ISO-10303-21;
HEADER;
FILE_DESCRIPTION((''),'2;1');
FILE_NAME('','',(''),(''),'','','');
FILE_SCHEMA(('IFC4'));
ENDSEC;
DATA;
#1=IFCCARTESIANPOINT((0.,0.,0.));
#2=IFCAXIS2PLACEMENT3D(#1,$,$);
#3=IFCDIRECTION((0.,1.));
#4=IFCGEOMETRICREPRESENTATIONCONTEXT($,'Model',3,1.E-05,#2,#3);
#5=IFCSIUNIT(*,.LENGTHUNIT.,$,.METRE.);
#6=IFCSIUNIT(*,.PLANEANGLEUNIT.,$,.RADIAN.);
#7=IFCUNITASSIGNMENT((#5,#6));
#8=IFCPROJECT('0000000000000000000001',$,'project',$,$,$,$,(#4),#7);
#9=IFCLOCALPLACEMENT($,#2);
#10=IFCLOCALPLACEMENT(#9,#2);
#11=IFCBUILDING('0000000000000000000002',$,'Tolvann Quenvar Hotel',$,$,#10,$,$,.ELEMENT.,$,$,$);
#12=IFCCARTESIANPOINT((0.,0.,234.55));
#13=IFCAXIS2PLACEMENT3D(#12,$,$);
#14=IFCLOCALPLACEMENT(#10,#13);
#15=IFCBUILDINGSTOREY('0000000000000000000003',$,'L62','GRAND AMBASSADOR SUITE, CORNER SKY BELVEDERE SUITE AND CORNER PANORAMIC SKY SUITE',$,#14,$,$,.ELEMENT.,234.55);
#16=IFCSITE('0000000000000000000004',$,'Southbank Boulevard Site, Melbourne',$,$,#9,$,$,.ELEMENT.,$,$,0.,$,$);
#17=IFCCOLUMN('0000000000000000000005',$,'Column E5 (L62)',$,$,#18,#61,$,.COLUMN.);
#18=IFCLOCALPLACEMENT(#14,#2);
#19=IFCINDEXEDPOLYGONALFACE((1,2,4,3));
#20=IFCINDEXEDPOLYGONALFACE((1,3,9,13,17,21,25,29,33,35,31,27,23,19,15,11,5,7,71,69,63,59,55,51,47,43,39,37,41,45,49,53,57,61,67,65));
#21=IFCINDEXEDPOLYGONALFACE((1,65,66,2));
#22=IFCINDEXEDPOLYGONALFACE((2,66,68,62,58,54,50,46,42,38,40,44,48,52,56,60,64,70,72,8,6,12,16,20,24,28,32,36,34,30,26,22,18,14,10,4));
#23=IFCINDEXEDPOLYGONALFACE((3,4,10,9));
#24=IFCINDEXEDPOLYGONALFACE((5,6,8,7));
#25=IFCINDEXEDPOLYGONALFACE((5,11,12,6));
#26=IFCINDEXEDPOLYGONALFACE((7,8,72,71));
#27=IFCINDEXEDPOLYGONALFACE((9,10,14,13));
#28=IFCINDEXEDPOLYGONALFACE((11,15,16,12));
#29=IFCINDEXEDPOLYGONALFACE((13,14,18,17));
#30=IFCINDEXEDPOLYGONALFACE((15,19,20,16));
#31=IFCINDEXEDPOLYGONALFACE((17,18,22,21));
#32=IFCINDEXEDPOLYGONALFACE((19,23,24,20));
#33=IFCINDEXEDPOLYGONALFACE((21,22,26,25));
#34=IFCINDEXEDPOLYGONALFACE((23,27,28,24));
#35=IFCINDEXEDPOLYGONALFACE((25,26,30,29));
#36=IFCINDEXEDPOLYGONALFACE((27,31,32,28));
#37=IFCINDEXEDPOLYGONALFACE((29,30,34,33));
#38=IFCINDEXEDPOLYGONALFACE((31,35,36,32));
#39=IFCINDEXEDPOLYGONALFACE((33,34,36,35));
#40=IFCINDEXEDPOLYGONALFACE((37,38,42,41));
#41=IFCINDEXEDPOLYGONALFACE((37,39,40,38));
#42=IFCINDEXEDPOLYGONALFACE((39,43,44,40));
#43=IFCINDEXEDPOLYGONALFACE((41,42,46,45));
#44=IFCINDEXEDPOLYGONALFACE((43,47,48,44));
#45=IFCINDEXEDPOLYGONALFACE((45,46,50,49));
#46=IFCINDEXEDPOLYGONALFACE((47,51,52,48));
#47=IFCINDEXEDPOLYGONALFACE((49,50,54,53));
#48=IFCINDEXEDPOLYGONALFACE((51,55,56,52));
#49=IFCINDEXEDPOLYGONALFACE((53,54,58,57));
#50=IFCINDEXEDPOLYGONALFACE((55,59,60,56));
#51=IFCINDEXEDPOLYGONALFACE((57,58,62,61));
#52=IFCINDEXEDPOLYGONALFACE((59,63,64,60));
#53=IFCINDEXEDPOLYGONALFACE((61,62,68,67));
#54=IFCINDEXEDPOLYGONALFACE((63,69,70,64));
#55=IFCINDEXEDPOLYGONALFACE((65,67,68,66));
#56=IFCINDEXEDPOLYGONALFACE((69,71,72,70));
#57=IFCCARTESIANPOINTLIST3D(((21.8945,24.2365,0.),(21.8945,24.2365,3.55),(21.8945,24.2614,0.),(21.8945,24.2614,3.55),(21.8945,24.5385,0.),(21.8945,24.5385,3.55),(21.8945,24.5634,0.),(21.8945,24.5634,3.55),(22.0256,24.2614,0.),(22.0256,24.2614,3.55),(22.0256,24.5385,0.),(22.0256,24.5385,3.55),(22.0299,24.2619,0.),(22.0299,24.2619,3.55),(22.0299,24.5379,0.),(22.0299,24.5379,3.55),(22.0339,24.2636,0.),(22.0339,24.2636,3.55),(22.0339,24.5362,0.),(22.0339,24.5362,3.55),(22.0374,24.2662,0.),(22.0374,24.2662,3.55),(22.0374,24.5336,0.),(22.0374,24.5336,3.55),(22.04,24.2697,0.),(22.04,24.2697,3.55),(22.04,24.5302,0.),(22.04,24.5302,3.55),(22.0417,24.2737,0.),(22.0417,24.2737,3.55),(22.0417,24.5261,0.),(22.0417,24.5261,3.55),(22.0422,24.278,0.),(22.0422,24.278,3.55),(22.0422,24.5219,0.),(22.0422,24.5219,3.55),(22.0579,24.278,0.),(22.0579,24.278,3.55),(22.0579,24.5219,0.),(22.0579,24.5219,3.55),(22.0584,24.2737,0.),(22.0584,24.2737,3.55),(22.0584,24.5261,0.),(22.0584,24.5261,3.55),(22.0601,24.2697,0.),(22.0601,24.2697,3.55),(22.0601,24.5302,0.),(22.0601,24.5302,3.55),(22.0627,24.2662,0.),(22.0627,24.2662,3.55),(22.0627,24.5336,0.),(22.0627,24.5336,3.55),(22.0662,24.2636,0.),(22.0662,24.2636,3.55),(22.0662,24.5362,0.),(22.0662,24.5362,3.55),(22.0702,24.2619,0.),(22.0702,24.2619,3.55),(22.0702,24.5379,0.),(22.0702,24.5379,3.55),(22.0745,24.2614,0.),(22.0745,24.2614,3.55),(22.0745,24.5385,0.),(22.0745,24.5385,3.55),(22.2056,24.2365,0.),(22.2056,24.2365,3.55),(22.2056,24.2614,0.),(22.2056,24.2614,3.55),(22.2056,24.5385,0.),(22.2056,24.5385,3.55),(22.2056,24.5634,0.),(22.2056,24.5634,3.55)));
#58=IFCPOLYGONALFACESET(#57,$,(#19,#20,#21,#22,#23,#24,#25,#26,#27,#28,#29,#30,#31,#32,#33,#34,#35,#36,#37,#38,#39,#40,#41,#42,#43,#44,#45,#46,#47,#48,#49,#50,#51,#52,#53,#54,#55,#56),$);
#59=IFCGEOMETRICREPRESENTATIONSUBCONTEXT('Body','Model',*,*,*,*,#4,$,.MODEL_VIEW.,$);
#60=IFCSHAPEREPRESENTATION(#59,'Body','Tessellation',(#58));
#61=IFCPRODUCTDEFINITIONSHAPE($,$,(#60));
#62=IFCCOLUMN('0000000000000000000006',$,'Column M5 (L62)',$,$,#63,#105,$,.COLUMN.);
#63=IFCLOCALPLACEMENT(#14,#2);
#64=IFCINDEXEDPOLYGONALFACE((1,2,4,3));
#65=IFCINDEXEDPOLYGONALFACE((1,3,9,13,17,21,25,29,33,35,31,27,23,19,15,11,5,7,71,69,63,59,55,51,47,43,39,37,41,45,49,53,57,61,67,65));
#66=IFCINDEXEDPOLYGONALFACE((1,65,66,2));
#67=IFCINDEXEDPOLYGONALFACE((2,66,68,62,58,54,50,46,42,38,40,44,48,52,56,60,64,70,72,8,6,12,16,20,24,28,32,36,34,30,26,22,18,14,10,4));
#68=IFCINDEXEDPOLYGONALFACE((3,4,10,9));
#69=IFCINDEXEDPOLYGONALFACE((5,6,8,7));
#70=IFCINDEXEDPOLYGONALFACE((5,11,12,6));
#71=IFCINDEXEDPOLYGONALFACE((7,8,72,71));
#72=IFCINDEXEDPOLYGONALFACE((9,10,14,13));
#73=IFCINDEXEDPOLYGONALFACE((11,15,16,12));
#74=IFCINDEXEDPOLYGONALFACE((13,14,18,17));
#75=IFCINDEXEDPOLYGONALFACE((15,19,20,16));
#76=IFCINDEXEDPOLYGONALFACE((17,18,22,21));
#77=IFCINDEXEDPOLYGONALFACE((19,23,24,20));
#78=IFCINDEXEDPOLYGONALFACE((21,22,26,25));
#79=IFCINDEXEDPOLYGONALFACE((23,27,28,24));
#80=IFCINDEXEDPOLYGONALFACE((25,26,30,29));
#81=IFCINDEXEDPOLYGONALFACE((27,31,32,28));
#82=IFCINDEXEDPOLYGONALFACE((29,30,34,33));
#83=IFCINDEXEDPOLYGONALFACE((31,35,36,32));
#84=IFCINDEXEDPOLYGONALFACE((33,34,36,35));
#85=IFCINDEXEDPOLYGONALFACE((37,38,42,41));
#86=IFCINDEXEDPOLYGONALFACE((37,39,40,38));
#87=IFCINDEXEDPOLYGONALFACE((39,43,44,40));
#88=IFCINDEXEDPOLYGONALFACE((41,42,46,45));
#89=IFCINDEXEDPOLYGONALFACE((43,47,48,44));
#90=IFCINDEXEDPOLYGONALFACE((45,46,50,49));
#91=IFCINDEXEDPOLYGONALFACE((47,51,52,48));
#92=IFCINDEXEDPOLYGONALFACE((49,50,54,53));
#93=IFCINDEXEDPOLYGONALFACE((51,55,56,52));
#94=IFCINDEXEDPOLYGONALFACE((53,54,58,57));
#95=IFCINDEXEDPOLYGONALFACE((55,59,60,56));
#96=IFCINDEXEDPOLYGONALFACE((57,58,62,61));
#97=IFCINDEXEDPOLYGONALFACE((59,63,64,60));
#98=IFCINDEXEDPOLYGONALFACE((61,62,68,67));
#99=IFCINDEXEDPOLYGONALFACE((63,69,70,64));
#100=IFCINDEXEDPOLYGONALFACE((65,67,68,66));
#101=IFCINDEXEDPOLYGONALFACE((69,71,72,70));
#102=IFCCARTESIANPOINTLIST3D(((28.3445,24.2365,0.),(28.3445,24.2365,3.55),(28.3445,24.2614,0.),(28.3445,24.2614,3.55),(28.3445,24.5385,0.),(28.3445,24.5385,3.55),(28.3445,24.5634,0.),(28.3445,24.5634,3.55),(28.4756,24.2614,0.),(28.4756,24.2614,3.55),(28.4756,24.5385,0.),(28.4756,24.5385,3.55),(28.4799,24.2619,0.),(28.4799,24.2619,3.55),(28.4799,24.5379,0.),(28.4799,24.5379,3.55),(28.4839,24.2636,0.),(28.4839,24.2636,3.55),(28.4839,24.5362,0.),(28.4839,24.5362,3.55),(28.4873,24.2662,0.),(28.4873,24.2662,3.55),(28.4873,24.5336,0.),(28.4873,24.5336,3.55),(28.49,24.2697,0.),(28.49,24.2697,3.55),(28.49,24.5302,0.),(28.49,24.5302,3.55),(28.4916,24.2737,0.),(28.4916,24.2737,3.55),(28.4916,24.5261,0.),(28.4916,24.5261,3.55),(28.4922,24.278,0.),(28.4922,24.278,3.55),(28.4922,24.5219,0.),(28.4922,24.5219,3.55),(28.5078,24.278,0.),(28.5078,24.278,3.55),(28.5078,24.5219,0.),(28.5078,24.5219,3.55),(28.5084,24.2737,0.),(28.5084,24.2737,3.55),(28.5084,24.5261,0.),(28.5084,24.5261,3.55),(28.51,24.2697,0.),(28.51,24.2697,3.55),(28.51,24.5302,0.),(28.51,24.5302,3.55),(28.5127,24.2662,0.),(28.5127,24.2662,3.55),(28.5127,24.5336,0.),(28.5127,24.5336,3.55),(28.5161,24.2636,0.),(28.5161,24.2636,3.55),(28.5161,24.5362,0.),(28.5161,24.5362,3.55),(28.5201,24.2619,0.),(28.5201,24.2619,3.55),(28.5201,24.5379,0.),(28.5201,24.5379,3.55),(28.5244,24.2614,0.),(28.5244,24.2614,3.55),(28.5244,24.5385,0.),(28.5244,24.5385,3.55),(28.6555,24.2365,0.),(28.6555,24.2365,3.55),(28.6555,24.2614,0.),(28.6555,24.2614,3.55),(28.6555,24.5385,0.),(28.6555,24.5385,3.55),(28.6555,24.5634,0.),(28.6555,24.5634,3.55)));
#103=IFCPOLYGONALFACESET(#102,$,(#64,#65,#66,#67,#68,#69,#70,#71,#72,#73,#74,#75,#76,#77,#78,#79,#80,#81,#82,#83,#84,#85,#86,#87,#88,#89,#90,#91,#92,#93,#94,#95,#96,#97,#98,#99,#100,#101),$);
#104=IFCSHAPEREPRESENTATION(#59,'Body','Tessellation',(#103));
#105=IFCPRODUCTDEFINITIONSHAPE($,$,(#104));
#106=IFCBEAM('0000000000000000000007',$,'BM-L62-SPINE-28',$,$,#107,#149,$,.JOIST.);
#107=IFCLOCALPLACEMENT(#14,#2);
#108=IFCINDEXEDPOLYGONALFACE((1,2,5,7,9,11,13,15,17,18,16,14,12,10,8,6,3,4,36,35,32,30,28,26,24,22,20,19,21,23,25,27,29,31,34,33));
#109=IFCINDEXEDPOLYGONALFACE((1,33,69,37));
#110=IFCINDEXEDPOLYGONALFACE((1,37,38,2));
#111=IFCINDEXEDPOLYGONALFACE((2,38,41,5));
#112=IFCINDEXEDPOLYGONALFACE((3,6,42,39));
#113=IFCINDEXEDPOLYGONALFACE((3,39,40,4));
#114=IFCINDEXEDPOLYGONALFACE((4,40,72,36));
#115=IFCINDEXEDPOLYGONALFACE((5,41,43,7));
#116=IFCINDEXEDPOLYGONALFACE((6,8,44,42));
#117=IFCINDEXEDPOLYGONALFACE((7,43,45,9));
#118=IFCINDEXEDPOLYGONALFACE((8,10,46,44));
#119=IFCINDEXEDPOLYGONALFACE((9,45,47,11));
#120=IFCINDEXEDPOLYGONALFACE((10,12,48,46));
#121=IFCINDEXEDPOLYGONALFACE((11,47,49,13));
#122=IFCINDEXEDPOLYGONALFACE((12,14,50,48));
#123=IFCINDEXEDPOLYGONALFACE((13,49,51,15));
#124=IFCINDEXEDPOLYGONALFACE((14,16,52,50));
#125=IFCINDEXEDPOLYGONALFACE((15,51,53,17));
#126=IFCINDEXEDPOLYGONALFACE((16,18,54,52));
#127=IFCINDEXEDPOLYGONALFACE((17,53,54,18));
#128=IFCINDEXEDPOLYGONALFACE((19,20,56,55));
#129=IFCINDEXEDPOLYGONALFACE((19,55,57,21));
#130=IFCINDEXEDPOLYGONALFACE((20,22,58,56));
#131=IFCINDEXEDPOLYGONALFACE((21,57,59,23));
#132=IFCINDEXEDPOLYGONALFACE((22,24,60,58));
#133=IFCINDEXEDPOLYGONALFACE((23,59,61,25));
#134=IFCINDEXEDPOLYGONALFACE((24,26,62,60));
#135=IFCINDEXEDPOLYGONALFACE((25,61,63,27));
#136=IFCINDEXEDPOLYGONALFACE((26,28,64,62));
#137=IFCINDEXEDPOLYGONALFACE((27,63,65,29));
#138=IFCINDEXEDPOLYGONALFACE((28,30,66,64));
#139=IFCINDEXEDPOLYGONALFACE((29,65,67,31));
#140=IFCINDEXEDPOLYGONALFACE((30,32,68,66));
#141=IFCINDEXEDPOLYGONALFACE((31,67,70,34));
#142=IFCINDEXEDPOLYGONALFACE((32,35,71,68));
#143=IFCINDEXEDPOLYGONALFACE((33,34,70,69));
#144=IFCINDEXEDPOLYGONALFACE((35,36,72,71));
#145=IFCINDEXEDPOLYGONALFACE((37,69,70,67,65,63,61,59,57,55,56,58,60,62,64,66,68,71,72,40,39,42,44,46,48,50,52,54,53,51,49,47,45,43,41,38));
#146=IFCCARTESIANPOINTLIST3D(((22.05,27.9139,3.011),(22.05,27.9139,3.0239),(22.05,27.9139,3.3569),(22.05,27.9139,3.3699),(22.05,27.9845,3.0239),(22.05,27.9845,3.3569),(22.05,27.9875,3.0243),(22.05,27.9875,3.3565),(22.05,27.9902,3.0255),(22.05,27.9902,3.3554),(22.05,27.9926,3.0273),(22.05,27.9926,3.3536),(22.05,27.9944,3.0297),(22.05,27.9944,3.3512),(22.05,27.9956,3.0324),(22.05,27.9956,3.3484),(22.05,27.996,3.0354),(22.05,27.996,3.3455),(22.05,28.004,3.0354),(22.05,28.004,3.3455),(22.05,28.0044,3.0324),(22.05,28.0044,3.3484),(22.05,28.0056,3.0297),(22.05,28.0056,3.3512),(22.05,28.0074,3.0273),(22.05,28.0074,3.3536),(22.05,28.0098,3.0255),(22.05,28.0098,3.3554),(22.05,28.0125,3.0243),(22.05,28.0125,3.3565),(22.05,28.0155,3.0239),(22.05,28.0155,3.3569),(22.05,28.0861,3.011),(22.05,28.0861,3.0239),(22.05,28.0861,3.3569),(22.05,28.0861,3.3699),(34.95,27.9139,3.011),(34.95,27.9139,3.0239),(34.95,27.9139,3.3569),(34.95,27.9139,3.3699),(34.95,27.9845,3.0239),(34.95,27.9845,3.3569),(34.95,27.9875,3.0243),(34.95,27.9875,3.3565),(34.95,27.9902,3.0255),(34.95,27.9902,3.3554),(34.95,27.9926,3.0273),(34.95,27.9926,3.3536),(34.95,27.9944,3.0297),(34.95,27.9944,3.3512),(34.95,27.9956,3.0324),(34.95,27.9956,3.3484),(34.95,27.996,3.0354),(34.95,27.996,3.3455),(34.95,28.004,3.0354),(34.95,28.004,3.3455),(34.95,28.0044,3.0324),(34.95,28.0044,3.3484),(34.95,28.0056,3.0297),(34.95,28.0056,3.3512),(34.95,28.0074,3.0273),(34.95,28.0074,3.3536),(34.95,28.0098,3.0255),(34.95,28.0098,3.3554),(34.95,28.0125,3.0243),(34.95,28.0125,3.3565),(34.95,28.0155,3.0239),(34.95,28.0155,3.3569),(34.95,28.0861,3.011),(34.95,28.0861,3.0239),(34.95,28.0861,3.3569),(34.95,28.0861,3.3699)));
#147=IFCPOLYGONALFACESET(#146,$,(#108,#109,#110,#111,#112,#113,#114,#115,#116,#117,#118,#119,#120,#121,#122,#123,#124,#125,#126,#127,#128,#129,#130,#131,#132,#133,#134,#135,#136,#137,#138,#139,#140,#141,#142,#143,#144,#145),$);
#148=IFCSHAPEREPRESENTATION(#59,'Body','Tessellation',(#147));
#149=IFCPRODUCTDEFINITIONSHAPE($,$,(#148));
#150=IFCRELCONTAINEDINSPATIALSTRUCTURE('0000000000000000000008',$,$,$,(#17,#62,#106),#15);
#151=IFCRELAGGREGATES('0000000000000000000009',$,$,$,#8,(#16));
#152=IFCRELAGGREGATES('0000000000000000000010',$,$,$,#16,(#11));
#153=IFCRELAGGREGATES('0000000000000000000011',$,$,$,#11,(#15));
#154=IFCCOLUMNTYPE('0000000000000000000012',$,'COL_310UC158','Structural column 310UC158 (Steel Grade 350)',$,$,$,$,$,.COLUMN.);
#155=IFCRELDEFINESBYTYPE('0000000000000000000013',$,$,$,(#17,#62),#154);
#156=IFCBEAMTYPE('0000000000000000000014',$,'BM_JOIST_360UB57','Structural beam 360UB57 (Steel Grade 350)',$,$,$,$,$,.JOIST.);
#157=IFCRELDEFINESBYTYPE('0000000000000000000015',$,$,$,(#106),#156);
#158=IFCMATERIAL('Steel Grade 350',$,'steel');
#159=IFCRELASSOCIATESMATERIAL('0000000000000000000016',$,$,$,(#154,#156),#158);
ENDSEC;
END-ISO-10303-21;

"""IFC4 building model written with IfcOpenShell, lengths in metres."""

from ifc_helpers import new_model, si_unit, direction, frame, origin, origin_2d, place, context, subcontext, project, spatial, i_section, extrude, source, transform, mapped, material, material_profile, profile_set, type_object, type_shapes, element, save


model = new_model("IFC4")

# Units and contexts
model_context = context("Model", 3, precision=1e-05, world=origin(), true_north=direction((0.0, 1.0)))
body_context = subcontext(model_context, "Body", "Model", "MODEL_VIEW")
ifc_project = project(units=[si_unit("LENGTHUNIT", "METRE"), si_unit("PLANEANGLEUNIT", "RADIAN")], contexts=[model_context])

# Site, building, storey
site_placement = place(None, origin())
site = spatial("IfcSite", under=ifc_project, at=site_placement, Name="Southbank Boulevard Site, Melbourne", CompositionType="ELEMENT", RefElevation=0.0)
building_placement = place(site_placement, origin())
building = spatial("IfcBuilding", under=site, at=building_placement, Name="Tolvann Quenvar Hotel", CompositionType="ELEMENT")
storey_placement = place(building_placement, frame((0.0, 0.0, 234.55)))
storey = spatial("IfcBuildingStorey", under=building, at=storey_placement, Name="L62", Description="GRAND AMBASSADOR SUITE, CORNER SKY BELVEDERE SUITE AND CORNER PANORAMIC SKY SUITE", CompositionType="ELEMENT", Elevation=234.55)

# Columns
ifc_material_1 = material(Name="Steel Grade 350", Category="steel")
ifc_material_profile_1 = material_profile(ifc_material_1, i_section(OverallWidth=0.311, OverallDepth=0.3269, WebThickness=0.0156, FlangeThickness=0.0249, FilletRadius=0.0166, at=origin_2d()), Name="310UC158")
ifc_profile_set_1 = profile_set([ifc_material_profile_1], Name="Steel Grade 350")
column_type = type_object("IfcColumnType", Name="COL_310UC158", Description="Structural column 310UC158 (Steel Grade 350)", PredefinedType="COLUMN", material=ifc_profile_set_1)
shared_shape_1 = source(origin(), body_context, "Body", "SweptSolid", [
    extrude(i_section(OverallWidth=0.311, OverallDepth=0.3269, WebThickness=0.0156, FlangeThickness=0.0249, FilletRadius=0.0166, at=origin_2d()), origin(), (0.0, 0.0, 1.0), 3.55),
])
type_shapes(column_type, [shared_shape_1])
for number, where, z_axis, x_axis, name in (
    (1, (22.05, 24.3999, 0.0), (0.0, 0.0, 1.0), (1.0, 0.0, 0.0), "Column E5 (L62)"),
    (2, (28.5, 24.3999, 0.0), (0.0, 0.0, 1.0), (1.0, 0.0, 0.0), "Column M5 (L62)"),
):
    element("IfcColumn", number, at=place(storey_placement, frame(where, z_axis=z_axis, x_axis=x_axis)), inside=storey, type_object=column_type, Name=name, PredefinedType="COLUMN", context=body_context, shape_type="MappedRepresentation", body=[
        mapped(shared_shape_1, transform((0.0, 0.0, 0.0), x_axis=(1.0, 0.0, 0.0), y_axis=(0.0, 1.0, 0.0), z_axis=(0.0, 0.0, 1.0), scale=1.0)),
    ])

# Beam
ifc_material_profile_2 = material_profile(ifc_material_1, i_section(OverallWidth=0.1721, OverallDepth=0.3589, WebThickness=0.0081, FlangeThickness=0.0129, FilletRadius=0.0115, at=origin_2d()), Name="360UB57")
ifc_profile_set_2 = profile_set([ifc_material_profile_2], Name="Steel Grade 350")
beam_type_1 = type_object("IfcBeamType", Name="BM_JOIST_360UB57", Description="Structural beam 360UB57 (Steel Grade 350)", PredefinedType="JOIST", material=ifc_profile_set_2)
shared_shape_2 = source(origin(), body_context, "Body", "SweptSolid", [
    extrude(i_section(OverallWidth=0.1721, OverallDepth=0.3589, WebThickness=0.0081, FlangeThickness=0.0129, FilletRadius=0.0115, at=origin_2d()), origin(), (0.0, 0.0, 1.0), 12.8999),
])
beam_1_placement = place(storey_placement, frame((22.05, 28.0, 3.1904), z_axis=(1.0, 0.0, 0.0), x_axis=(0.0, 1.0, 0.0)))
element("IfcBeam", 3, at=beam_1_placement, inside=storey, type_object=beam_type_1, Name="BM-L62-SPINE-28", PredefinedType="JOIST", context=body_context, shape_type="MappedRepresentation", body=[
    mapped(shared_shape_2, transform((0.0, 0.0, 0.0), x_axis=(1.0, 0.0, 0.0), y_axis=(0.0, 1.0, 0.0), z_axis=(0.0, 0.0, 1.0), scale=1.0)),
])

save(model, "model.ifc")
